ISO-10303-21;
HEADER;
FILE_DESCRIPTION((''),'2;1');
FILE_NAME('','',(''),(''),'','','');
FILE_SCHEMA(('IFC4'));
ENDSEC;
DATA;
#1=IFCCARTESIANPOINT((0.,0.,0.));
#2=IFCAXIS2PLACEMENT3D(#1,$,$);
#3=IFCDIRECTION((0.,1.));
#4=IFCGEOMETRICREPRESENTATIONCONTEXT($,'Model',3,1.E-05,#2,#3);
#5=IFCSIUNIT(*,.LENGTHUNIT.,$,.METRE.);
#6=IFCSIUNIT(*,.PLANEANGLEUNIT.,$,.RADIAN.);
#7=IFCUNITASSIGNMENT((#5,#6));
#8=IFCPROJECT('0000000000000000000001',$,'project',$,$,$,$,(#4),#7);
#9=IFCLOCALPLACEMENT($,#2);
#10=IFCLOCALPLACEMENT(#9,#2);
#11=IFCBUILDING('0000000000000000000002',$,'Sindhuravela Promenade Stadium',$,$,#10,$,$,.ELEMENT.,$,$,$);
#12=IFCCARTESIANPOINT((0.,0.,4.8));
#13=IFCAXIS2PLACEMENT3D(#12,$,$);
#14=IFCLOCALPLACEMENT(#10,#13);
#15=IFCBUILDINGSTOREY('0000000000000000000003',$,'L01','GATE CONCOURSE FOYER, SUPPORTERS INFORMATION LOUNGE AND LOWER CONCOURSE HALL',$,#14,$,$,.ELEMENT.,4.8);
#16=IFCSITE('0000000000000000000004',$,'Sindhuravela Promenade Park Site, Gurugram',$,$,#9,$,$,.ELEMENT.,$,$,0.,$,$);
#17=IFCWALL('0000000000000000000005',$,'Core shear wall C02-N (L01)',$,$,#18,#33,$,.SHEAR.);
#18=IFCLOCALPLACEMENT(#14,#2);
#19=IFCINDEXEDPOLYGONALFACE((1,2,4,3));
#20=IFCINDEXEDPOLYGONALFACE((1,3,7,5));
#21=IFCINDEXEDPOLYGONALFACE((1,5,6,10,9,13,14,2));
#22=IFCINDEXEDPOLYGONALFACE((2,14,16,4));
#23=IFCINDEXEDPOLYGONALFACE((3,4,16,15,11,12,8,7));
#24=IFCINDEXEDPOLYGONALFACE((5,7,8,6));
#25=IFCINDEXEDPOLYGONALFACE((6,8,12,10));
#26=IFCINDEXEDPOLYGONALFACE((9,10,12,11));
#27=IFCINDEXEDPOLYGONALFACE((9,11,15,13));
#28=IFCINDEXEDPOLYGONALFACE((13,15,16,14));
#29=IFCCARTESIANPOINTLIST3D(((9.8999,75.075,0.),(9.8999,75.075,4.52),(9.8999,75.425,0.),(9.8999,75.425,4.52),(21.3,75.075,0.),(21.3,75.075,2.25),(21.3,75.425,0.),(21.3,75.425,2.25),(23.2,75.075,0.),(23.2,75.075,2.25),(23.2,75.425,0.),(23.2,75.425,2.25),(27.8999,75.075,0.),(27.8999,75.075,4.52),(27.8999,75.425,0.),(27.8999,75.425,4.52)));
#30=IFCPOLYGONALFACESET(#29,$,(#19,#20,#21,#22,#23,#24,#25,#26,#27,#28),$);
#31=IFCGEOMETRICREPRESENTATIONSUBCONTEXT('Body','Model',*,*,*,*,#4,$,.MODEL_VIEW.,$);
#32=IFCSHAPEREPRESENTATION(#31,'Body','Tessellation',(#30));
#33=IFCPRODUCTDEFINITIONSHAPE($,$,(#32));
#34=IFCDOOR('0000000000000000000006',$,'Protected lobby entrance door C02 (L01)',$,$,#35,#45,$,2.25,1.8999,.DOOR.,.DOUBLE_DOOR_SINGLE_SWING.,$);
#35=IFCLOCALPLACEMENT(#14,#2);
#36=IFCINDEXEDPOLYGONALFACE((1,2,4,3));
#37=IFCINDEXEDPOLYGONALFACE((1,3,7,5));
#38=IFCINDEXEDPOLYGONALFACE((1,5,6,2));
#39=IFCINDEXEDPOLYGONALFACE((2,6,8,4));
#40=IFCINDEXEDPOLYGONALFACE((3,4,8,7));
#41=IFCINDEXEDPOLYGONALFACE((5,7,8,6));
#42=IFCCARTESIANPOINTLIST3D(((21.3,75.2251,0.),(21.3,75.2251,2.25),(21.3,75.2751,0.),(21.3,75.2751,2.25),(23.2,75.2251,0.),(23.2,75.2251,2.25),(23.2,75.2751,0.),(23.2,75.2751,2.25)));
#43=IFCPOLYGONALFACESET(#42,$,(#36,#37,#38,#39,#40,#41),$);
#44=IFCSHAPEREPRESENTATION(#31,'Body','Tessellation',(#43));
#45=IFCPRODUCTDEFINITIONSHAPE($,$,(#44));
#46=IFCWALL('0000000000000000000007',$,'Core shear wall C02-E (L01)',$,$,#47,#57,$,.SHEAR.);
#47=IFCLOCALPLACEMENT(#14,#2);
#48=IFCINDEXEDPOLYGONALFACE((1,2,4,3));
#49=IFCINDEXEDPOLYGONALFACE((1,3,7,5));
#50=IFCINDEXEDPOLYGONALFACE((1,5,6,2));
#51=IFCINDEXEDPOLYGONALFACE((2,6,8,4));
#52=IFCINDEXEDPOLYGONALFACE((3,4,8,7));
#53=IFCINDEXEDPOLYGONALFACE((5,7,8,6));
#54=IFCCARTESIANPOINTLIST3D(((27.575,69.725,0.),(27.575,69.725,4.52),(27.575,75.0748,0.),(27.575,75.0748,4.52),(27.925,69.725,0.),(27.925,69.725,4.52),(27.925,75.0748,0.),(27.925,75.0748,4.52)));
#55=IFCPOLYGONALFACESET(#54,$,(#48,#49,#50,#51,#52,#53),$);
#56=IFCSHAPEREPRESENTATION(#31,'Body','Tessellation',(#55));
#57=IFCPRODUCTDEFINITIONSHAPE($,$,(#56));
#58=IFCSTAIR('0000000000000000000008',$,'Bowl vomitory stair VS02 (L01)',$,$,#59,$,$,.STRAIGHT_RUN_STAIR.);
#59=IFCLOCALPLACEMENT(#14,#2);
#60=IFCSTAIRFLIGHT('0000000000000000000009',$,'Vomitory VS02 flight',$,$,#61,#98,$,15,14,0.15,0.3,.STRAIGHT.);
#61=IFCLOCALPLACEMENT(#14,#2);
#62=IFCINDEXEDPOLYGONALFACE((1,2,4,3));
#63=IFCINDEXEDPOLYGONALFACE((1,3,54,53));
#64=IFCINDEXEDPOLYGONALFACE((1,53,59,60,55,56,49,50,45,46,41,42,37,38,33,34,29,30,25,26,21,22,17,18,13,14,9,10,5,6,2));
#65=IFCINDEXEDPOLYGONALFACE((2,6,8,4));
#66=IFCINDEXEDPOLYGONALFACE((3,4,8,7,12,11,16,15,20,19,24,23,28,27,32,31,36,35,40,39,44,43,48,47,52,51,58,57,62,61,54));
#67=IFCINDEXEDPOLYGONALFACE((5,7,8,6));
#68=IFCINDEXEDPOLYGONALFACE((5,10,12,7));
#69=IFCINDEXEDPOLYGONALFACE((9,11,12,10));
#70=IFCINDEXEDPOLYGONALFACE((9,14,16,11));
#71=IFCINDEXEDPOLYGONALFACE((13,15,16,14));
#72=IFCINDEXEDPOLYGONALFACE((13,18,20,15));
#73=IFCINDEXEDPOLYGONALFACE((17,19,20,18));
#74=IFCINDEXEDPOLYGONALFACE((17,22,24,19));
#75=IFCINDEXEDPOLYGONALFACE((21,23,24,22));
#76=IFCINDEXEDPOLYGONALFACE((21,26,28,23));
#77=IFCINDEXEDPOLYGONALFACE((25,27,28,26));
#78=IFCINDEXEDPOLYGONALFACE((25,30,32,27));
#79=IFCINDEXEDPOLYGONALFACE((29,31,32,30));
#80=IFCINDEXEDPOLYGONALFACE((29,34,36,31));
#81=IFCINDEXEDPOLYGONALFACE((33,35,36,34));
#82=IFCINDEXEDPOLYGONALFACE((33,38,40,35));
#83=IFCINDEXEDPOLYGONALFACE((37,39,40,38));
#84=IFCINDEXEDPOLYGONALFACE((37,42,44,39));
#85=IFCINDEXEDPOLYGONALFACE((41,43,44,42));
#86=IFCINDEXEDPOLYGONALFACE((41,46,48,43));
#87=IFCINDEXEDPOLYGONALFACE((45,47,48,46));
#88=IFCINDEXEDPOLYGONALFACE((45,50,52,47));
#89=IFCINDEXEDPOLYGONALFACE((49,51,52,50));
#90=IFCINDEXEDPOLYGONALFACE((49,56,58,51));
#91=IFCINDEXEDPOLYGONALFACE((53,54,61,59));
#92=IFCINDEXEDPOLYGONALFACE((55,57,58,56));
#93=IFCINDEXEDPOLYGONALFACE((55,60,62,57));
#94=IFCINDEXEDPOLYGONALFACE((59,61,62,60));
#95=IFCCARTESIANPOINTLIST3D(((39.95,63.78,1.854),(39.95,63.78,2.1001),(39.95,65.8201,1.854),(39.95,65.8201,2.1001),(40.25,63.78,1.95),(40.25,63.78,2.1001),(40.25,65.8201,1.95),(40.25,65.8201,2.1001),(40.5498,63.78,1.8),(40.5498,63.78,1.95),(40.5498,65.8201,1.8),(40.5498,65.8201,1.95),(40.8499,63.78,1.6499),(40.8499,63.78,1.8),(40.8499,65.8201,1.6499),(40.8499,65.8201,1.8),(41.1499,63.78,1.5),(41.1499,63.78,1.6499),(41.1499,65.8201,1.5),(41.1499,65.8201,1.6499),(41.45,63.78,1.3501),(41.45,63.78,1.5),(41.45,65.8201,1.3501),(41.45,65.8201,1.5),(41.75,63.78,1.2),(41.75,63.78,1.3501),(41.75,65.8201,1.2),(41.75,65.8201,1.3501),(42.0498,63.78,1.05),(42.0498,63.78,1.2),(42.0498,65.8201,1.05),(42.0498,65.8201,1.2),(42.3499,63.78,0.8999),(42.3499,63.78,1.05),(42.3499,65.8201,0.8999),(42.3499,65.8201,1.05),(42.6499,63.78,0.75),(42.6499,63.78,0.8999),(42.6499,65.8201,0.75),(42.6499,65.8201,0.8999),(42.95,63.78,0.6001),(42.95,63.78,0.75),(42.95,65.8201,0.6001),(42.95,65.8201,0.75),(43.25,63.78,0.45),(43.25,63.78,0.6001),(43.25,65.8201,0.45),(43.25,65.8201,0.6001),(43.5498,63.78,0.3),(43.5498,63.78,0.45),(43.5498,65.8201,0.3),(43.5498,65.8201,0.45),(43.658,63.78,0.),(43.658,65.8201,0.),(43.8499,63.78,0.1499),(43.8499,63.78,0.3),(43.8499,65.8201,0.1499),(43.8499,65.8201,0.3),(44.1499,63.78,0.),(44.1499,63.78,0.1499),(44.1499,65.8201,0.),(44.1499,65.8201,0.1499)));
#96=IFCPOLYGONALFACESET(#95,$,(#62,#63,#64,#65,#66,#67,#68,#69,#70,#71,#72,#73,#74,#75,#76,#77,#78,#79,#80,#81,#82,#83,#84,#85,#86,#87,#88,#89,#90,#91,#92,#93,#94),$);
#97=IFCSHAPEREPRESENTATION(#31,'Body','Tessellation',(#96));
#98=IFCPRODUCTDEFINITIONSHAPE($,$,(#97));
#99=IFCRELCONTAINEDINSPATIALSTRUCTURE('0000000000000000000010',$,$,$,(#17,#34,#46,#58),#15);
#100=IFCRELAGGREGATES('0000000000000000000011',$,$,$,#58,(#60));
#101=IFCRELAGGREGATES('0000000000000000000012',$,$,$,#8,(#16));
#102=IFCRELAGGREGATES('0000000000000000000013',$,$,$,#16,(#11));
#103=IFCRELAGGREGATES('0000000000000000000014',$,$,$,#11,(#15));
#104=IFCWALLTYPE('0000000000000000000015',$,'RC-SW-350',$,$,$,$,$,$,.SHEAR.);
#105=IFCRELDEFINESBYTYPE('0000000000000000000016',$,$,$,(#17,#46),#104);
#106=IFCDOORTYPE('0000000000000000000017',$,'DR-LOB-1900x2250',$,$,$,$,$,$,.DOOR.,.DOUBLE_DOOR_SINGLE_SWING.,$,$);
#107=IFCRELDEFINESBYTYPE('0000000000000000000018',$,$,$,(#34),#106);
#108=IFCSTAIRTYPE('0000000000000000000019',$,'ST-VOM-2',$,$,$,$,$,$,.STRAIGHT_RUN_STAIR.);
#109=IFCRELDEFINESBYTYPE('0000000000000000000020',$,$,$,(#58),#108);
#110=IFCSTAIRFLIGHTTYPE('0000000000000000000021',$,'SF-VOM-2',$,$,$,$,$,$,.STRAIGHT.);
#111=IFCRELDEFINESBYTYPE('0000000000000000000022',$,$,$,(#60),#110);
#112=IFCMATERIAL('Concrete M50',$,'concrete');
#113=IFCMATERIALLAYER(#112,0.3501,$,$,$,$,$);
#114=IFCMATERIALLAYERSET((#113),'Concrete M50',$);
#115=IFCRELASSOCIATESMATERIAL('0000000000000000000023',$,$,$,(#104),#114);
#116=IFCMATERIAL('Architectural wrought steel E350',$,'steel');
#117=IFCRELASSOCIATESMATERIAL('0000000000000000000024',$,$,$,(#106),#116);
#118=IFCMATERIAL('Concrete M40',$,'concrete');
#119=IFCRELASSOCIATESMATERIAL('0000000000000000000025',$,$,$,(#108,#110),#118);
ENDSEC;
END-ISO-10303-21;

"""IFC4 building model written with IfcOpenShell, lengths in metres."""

from ifc_helpers import new_model, si_unit, direction, frame, frame_2d, origin, place, context, subcontext, project, spatial, polyline, rectangle, outline, extrude, material, layer, layer_set, type_object, element, fill, aggregate, save


model = new_model("IFC4")

# Units and contexts
model_context = context("Model", 3, precision=1e-05, world=origin(), true_north=direction((0.0, 1.0)))
body_context = subcontext(model_context, "Body", "Model", "MODEL_VIEW")
ifc_project = project(units=[si_unit("LENGTHUNIT", "METRE"), si_unit("PLANEANGLEUNIT", "RADIAN")], contexts=[model_context])

# Site, building, storey
site_placement = place(None, origin())
site = spatial("IfcSite", under=ifc_project, at=site_placement, Name="Sindhuravela Promenade Park Site, Gurugram", CompositionType="ELEMENT", RefElevation=0.0)
building_placement = place(site_placement, origin())
building = spatial("IfcBuilding", under=site, at=building_placement, Name="Sindhuravela Promenade Stadium", CompositionType="ELEMENT")
storey_placement = place(building_placement, frame((0.0, 0.0, 4.8)))
storey = spatial("IfcBuildingStorey", under=building, at=storey_placement, Name="L01", Description="GATE CONCOURSE FOYER, SUPPORTERS INFORMATION LOUNGE AND LOWER CONCOURSE HALL", CompositionType="ELEMENT", Elevation=4.8)

# Shared definitions
ifc_material_1 = material(Name="Concrete M50", Category="concrete")

# Shared definitions
ifc_material_2 = material(Name="Concrete M40", Category="concrete")

# Wall, opening, door
ifc_layer_1 = layer(ifc_material_1, 0.3501)
ifc_layer_set_1 = layer_set([ifc_layer_1], Name="Concrete M50")
wall_type_1 = type_object("IfcWallType", Name="RC-SW-350", PredefinedType="SHEAR", material=ifc_layer_set_1)
wall_1_placement = place(storey_placement, frame((27.8999, 75.25, 0.0), z_axis=(0.0, 0.0, 1.0), x_axis=(-1.0, 0.0, 0.0)))
wall_1 = element("IfcWall", 1, at=wall_1_placement, inside=storey, type_object=wall_type_1, Name="Core shear wall C02-N (L01)", PredefinedType="SHEAR", context=body_context, shape_type="SweptSolid", body=[
    extrude(rectangle(XDim=18.0, YDim=0.3501, at=frame_2d((9.0, 0.0))), origin(), (0.0, 0.0, 1.0), 4.52),
])
opening_1_placement = place(wall_1_placement, frame((4.7, 0.0, 0.0)))
opening_1 = element("IfcOpeningElement", 2, at=opening_1_placement, cuts=wall_1, PredefinedType="OPENING", context=body_context, shape_type="SweptSolid", body=[
    extrude(rectangle(XDim=1.8999, YDim=2.25, at=frame_2d((0.95, 1.125))), frame((0.0, 0.1851, 0.0), z_axis=(0.0, -1.0, 0.0), x_axis=(1.0, 0.0, 0.0)), (0.0, 0.0, 1.0), 0.3701),
])
ifc_material_3 = material(Name="Architectural wrought steel E350", Category="steel")
door_type_1 = type_object("IfcDoorType", Name="DR-LOB-1900x2250", OperationType="DOUBLE_DOOR_SINGLE_SWING", PredefinedType="DOOR", material=ifc_material_3)
door_1_placement = place(opening_1_placement, origin())
door_1 = element("IfcDoor", 3, at=door_1_placement, inside=storey, type_object=door_type_1, Name="Protected lobby entrance door C02 (L01)", OperationType="DOUBLE_DOOR_SINGLE_SWING", OverallHeight=2.25, OverallWidth=1.8999, PredefinedType="DOOR", context=body_context, shape_type="SweptSolid", body=[
    extrude(rectangle(XDim=1.8999, YDim=2.25, at=frame_2d((0.95, 1.125))), frame((0.0, 0.0249, 0.0), z_axis=(0.0, -1.0, 0.0), x_axis=(1.0, 0.0, 0.0)), (0.0, 0.0, 1.0), 0.05),
])
fill(opening_1, door_1)

# Wall
wall_2_placement = place(storey_placement, frame((27.75, 69.7251, 0.0), z_axis=(0.0, 0.0, 1.0), x_axis=(0.0, 1.0, 0.0)))
element("IfcWall", 4, at=wall_2_placement, inside=storey, type_object=wall_type_1, Name="Core shear wall C02-E (L01)", PredefinedType="SHEAR", context=body_context, shape_type="SweptSolid", body=[
    extrude(rectangle(XDim=5.3499, YDim=0.3501, at=frame_2d((2.6748, 0.0))), origin(), (0.0, 0.0, 1.0), 4.52),
])

# Stair, stair flight
stair_type = type_object("IfcStairType", Name="ST-VOM-2", PredefinedType="STRAIGHT_RUN_STAIR", material=ifc_material_2)
stair_placement = place(storey_placement, origin())
stair = element("IfcStair", 5, at=stair_placement, inside=storey, type_object=stair_type, Name="Bowl vomitory stair VS02 (L01)", PredefinedType="STRAIGHT_RUN_STAIR")
stair_flight_type = type_object("IfcStairFlightType", Name="SF-VOM-2", PredefinedType="STRAIGHT", material=ifc_material_2)
stair_flight_placement = place(storey_placement, frame((44.1499, 64.8, 0.0), z_axis=(0.0, 0.0, 1.0), x_axis=(-1.0, 0.0, 0.0)))
stair_flight = element("IfcStairFlight", 6, at=stair_flight_placement, type_object=stair_flight_type, Name="Vomitory VS02 flight", NumberOfRisers=15, NumberOfTreads=14, PredefinedType="STRAIGHT", RiserHeight=0.15, TreadLength=0.3, context=body_context, shape_type="SweptSolid", body=[
    extrude(outline(polyline([(0.0, 0.0), (0.0, 0.1499), (0.3, 0.1499), (0.3, 0.3), (0.6001, 0.3), (0.6001, 0.45), (0.8999, 0.45), (0.8999, 0.6001), (1.2, 0.6001), (1.2, 0.75), (1.5, 0.75), (1.5, 0.8999), (1.8, 0.8999), (1.8, 1.05), (2.1001, 1.05), (2.1001, 1.2), (2.3999, 1.2), (2.3999, 1.3501), (2.7, 1.3501), (2.7, 1.5), (3.0, 1.5), (3.0, 1.6499), (3.3, 1.6499), (3.3, 1.8), (3.6001, 1.8), (3.6001, 1.95), (3.8999, 1.95), (3.8999, 2.1001), (4.2, 2.1001), (4.2, 2.25), (4.2, 1.854), (0.4919, 0.0), (0.0, 0.0)])), frame((0.0, 1.02, 0.0), z_axis=(0.0, -1.0, 0.0), x_axis=(1.0, 0.0, 0.0)), (0.0, 0.0, 1.0), 2.04),
])
aggregate(stair, [stair_flight])

save(model, "model.ifc")
